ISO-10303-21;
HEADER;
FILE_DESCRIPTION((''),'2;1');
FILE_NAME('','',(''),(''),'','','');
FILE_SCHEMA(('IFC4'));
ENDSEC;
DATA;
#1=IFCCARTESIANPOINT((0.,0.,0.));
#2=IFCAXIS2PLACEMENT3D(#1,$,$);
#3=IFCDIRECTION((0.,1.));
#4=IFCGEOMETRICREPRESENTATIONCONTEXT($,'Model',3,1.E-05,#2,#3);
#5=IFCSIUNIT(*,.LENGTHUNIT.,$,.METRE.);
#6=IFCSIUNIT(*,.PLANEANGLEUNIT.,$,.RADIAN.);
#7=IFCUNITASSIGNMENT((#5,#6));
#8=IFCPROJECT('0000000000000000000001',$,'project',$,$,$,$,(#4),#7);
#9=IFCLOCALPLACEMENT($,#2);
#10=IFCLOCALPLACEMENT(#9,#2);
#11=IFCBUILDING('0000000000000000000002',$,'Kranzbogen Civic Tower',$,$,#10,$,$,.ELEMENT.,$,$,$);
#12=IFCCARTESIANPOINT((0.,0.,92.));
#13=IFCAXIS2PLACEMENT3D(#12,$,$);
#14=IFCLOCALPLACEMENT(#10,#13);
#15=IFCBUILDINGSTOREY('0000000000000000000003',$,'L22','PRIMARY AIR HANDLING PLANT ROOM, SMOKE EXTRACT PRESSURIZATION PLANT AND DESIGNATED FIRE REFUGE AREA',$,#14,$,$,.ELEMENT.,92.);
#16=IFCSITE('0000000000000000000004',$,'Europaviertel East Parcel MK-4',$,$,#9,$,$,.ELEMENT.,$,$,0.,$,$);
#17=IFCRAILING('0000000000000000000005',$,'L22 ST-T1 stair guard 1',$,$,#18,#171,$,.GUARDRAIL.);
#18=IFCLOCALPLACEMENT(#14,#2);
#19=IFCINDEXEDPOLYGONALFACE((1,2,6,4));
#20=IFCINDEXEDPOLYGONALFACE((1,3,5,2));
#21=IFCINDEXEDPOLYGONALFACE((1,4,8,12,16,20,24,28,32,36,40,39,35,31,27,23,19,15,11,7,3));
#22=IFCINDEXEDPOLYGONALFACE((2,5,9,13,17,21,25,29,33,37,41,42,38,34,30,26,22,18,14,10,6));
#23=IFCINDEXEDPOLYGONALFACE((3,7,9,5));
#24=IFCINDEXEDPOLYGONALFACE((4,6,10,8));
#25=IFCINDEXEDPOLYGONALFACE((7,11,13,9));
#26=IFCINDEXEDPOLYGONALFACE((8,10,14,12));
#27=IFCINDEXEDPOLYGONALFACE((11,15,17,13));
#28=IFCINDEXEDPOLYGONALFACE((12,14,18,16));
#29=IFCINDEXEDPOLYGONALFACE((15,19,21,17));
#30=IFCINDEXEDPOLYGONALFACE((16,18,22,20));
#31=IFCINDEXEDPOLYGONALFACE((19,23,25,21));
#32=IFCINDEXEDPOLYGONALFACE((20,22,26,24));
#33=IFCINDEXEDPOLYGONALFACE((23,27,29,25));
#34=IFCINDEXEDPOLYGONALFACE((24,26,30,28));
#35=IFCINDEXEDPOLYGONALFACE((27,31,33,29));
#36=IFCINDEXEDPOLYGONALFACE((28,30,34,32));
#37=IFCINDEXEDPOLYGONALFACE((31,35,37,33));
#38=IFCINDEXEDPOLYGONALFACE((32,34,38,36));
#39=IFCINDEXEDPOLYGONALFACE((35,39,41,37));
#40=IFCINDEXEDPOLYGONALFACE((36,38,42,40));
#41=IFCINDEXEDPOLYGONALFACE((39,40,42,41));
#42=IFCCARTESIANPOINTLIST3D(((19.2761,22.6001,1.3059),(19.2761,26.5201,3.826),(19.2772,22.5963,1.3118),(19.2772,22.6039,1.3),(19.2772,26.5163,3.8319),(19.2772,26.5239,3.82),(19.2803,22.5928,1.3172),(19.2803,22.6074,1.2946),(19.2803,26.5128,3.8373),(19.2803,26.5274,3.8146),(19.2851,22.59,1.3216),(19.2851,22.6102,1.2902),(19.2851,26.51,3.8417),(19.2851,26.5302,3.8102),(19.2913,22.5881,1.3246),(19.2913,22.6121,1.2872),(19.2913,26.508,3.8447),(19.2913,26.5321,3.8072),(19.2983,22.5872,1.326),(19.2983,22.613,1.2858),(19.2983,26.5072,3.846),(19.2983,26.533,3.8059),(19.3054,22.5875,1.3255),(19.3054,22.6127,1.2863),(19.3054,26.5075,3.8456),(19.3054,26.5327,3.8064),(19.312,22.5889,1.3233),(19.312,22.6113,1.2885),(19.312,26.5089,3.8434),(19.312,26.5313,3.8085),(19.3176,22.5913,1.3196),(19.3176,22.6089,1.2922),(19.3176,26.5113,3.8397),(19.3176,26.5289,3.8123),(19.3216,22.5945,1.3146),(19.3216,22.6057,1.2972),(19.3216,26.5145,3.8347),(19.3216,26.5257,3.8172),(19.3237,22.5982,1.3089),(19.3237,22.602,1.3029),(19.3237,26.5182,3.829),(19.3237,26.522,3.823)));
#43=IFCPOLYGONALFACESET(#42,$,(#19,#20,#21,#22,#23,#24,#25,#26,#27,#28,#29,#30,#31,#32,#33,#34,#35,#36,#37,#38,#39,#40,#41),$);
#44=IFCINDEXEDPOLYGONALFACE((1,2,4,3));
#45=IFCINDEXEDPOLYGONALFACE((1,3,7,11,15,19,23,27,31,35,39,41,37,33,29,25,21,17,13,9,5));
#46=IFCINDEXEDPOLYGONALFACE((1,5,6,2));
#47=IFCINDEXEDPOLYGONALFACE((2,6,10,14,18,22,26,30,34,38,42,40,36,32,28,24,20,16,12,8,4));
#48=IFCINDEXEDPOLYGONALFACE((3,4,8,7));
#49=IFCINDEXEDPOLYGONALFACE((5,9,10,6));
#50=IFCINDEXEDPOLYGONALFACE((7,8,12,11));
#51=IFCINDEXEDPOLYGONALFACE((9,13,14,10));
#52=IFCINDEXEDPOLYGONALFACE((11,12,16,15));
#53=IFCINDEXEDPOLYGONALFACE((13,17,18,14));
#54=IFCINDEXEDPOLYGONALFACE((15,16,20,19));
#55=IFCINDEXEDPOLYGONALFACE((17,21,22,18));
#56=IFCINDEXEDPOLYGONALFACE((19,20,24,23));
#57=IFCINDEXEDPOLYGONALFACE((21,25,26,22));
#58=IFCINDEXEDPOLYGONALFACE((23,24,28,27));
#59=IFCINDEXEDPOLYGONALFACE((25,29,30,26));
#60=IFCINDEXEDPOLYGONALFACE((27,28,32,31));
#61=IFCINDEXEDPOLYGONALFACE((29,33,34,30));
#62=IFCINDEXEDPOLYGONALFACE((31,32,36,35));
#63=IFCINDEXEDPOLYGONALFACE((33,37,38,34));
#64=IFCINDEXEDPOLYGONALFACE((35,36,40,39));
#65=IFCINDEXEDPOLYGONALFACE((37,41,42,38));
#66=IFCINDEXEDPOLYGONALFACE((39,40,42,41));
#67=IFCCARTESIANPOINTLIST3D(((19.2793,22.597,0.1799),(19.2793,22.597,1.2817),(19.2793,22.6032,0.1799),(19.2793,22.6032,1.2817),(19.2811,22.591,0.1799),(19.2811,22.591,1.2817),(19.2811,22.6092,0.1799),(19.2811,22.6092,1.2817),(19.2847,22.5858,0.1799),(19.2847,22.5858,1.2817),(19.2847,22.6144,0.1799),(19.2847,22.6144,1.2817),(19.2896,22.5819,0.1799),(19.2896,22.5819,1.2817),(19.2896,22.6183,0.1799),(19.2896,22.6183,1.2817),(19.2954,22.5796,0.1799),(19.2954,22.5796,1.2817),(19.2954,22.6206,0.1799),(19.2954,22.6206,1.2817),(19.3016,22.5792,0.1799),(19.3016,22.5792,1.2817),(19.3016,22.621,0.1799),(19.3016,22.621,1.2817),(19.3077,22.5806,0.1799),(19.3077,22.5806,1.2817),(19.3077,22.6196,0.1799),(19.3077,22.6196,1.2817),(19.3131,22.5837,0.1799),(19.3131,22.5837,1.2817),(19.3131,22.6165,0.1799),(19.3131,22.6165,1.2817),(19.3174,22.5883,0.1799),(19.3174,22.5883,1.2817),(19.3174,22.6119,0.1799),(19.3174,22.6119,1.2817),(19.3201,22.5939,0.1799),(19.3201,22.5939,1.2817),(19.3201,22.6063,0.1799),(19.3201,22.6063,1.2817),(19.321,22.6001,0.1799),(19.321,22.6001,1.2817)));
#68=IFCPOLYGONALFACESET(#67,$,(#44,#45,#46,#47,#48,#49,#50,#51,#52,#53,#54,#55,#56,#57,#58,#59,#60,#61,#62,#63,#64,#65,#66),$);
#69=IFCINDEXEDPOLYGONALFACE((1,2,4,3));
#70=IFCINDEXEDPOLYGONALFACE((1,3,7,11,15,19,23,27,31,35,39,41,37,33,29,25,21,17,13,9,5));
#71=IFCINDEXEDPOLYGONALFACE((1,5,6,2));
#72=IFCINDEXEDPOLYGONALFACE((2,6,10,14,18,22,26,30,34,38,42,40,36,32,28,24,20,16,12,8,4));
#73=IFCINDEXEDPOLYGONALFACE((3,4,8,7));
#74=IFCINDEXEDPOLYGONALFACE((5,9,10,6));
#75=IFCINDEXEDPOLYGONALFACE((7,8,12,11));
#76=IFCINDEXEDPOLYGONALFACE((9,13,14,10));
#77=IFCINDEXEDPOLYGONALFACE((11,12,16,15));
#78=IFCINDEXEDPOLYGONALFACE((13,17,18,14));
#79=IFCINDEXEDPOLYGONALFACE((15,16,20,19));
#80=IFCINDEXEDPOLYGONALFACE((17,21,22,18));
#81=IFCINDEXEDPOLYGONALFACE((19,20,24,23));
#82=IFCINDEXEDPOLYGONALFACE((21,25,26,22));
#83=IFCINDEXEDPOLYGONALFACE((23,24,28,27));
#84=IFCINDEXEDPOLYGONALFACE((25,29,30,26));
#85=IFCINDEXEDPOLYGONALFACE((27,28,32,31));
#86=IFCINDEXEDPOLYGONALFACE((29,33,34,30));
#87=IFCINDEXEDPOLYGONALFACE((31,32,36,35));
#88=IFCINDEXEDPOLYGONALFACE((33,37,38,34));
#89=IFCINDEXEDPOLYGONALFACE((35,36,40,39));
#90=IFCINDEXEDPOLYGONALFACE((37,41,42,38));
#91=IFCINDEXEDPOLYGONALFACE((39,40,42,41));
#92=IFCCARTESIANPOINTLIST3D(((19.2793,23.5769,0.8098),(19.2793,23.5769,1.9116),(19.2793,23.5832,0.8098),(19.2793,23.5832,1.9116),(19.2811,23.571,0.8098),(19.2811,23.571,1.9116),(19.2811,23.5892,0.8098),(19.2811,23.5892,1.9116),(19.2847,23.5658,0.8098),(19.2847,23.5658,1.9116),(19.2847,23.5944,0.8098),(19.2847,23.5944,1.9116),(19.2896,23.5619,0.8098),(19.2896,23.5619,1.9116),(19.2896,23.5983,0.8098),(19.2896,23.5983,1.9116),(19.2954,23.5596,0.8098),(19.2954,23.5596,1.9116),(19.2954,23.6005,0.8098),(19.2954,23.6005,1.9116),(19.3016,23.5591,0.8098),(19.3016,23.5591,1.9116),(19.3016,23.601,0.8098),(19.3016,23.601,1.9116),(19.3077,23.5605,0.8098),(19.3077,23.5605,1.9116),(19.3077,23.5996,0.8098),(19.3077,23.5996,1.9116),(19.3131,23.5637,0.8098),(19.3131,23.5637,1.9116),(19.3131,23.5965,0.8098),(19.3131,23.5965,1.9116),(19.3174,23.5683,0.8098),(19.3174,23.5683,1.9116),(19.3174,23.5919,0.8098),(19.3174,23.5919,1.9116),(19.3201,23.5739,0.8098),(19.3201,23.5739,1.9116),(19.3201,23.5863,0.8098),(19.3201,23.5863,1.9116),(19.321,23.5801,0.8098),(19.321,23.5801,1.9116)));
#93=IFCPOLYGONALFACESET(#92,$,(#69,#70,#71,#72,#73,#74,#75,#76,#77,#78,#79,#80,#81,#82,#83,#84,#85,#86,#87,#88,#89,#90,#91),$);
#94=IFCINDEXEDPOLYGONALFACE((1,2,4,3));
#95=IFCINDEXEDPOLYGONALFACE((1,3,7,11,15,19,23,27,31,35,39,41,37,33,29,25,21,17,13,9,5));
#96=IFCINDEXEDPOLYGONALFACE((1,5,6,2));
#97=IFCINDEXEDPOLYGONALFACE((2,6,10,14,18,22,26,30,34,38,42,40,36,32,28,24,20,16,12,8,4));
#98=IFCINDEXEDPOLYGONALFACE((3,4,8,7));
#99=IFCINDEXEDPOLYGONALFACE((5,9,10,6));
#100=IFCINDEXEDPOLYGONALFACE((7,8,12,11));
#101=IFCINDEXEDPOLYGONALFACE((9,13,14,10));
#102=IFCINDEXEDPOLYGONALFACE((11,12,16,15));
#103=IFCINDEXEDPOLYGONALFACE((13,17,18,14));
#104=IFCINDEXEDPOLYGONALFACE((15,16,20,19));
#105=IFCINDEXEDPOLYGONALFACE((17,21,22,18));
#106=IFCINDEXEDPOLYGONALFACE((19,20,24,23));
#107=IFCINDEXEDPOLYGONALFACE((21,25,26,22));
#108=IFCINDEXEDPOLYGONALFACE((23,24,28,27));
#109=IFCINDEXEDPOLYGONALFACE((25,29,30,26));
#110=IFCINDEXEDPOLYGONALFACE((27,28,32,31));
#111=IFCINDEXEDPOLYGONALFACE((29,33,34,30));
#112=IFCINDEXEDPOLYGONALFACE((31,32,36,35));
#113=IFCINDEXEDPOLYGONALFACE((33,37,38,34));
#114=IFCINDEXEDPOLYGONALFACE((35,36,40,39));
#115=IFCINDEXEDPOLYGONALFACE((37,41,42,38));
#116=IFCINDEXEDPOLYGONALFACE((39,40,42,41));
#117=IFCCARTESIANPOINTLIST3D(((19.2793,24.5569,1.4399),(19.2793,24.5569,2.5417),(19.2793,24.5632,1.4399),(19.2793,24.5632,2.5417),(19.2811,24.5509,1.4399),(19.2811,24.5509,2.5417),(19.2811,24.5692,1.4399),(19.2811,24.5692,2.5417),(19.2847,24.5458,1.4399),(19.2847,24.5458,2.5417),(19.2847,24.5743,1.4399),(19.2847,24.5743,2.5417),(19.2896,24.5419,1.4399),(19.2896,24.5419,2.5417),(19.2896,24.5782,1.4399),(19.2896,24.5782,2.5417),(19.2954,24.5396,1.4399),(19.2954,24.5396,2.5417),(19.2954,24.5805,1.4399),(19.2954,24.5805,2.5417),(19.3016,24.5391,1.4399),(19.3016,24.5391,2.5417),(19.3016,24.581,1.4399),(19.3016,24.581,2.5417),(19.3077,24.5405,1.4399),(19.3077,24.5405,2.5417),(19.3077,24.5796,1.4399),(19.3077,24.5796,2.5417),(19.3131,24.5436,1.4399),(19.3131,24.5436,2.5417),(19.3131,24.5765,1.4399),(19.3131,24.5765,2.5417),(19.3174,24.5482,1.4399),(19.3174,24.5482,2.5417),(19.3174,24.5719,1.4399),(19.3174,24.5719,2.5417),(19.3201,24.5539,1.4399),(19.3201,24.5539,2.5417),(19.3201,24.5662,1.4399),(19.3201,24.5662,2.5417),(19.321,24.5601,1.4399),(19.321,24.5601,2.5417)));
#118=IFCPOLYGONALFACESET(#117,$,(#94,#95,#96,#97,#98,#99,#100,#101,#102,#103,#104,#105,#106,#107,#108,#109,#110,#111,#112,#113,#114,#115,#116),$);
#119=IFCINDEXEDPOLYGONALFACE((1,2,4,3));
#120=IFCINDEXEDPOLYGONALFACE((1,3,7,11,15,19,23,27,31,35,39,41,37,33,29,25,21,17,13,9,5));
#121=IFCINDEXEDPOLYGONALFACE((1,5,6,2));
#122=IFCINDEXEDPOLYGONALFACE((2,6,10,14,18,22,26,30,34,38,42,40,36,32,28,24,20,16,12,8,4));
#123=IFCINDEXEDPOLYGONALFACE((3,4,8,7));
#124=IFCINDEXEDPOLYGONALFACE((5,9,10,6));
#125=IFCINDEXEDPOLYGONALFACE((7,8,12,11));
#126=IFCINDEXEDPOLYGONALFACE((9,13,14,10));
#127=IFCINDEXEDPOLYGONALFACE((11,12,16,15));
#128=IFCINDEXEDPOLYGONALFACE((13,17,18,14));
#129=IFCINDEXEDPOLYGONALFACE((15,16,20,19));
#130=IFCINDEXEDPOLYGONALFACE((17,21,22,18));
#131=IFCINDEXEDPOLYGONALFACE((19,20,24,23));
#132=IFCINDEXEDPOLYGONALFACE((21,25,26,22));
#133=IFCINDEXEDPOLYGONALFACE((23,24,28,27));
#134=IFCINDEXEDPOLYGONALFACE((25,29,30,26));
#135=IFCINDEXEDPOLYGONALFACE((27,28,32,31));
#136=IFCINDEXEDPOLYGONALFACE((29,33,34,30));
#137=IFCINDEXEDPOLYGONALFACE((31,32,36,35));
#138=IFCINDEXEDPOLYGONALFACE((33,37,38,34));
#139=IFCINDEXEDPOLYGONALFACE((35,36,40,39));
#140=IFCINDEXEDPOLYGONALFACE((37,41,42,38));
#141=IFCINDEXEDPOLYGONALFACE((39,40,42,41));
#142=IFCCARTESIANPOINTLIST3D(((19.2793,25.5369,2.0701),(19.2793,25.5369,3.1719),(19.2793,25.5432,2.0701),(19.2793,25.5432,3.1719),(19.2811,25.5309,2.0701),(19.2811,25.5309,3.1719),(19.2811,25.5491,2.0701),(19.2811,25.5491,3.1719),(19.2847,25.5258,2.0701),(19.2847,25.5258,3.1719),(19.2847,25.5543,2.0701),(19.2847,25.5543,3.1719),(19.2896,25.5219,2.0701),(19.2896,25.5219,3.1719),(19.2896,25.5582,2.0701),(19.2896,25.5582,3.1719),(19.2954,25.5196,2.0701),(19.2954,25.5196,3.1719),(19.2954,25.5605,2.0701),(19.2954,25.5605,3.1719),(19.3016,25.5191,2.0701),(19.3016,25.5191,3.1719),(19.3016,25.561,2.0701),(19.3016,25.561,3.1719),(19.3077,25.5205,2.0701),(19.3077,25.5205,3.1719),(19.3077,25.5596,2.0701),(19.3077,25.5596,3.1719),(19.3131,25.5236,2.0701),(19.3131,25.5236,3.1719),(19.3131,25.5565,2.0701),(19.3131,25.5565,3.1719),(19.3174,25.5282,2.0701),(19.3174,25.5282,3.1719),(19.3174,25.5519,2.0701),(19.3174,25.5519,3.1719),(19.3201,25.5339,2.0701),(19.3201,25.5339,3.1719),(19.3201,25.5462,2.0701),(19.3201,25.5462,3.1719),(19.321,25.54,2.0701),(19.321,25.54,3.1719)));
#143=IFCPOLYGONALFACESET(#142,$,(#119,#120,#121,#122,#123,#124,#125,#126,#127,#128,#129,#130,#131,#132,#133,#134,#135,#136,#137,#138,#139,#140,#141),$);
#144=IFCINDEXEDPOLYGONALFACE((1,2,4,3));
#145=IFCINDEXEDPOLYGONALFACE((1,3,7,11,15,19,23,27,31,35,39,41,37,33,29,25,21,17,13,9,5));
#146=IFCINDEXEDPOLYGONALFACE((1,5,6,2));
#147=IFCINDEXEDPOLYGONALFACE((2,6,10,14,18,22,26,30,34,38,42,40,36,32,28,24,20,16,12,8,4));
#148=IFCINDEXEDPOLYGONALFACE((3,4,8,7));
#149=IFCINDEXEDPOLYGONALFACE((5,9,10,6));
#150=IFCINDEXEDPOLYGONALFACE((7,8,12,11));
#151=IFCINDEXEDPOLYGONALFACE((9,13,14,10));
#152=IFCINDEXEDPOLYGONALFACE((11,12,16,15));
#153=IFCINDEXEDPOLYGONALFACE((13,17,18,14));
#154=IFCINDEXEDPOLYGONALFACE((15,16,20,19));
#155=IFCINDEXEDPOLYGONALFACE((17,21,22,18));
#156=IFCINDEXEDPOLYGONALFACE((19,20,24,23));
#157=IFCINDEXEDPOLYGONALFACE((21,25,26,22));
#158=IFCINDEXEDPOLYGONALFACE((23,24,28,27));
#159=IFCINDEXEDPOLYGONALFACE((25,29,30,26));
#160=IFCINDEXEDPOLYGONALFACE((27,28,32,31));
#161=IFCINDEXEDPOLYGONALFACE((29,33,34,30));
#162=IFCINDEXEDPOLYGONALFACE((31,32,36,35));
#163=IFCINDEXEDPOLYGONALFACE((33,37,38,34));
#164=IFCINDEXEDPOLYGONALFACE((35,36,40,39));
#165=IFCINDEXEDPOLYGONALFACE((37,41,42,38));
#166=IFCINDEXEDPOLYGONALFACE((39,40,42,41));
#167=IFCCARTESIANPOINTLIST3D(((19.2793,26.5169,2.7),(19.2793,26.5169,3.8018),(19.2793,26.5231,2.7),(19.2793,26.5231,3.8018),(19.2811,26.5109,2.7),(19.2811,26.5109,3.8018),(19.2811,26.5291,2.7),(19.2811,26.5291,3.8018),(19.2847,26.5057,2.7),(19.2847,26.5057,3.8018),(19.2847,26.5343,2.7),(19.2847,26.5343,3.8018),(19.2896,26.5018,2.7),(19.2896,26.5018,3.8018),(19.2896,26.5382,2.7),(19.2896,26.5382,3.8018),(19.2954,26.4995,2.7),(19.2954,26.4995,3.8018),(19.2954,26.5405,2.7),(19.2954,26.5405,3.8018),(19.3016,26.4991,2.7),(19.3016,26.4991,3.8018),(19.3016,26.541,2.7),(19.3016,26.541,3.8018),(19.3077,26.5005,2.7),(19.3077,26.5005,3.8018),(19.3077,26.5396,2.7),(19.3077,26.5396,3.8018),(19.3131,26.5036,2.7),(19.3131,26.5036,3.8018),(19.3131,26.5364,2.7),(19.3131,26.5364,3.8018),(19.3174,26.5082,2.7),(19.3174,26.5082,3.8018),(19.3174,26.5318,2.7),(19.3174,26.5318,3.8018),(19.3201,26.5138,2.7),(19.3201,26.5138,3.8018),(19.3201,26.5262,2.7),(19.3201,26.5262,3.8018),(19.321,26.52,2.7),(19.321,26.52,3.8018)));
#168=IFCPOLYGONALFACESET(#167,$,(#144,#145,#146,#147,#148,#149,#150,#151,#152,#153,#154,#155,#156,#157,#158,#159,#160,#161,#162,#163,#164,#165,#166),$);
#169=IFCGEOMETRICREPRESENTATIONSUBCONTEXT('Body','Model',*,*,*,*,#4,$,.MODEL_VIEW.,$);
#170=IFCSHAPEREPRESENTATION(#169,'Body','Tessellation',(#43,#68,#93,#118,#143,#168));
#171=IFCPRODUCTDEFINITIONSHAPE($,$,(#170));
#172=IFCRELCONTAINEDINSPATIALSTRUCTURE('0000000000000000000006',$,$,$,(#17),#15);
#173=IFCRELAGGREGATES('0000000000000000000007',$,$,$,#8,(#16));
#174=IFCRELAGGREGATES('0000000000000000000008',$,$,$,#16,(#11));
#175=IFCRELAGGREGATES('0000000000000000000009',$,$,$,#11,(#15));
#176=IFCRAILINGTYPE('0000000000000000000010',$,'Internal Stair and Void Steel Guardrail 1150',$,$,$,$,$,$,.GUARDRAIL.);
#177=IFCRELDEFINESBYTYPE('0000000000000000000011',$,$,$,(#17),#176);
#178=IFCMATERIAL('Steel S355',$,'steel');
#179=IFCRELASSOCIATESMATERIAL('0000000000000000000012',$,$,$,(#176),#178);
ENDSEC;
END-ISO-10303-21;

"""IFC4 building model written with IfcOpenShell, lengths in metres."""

from ifc_helpers import new_model, si_unit, direction, frame, origin, origin_2d, place, context, subcontext, project, spatial, circle, extrude, material, type_object, element, save


model = new_model("IFC4")

# Units and contexts
model_context = context("Model", 3, precision=1e-05, world=origin(), true_north=direction((0.0, 1.0)))
body_context = subcontext(model_context, "Body", "Model", "MODEL_VIEW")
ifc_project = project(units=[si_unit("LENGTHUNIT", "METRE"), si_unit("PLANEANGLEUNIT", "RADIAN")], contexts=[model_context])

# Site, building, storey
site_placement = place(None, origin())
site = spatial("IfcSite", under=ifc_project, at=site_placement, Name="Europaviertel East Parcel MK-4", CompositionType="ELEMENT", RefElevation=0.0)
building_placement = place(site_placement, origin())
building = spatial("IfcBuilding", under=site, at=building_placement, Name="Kranzbogen Civic Tower", CompositionType="ELEMENT")
storey_placement = place(building_placement, frame((0.0, 0.0, 92.0)))
storey = spatial("IfcBuildingStorey", under=building, at=storey_placement, Name="L22", Description="PRIMARY AIR HANDLING PLANT ROOM, SMOKE EXTRACT PRESSURIZATION PLANT AND DESIGNATED FIRE REFUGE AREA", CompositionType="ELEMENT", Elevation=92.0)

# Shared definitions
ifc_material_1 = material(Name="Steel S355", Category="steel")

# Railing
railing_type_1 = type_object("IfcRailingType", Name="Internal Stair and Void Steel Guardrail 1150", PredefinedType="GUARDRAIL", material=ifc_material_1)
railing_1_placement = place(storey_placement, frame((19.3, 22.6001, 0.1799)))
element("IfcRailing", 1, at=railing_1_placement, inside=storey, type_object=railing_type_1, Name="L22 ST-T1 stair guard 1", PredefinedType="GUARDRAIL", context=body_context, shape_type="SweptSolid", body=[
    extrude(circle(Radius=0.0239, at=origin_2d()), frame((0.0, 0.0, 1.126), z_axis=(0.0, 0.841172, 0.540768), x_axis=(-1.0, 0.0, 0.0)), (0.0, 0.0, 1.0), 4.6602),
    extrude(circle(Radius=0.021, at=origin_2d()), origin(), (0.0, 0.0, 1.0), 1.1018),
    extrude(circle(Radius=0.021, at=origin_2d()), frame((0.0, 0.98, 0.6299)), (0.0, 0.0, 1.0), 1.1018),
    extrude(circle(Radius=0.021, at=origin_2d()), frame((0.0, 1.96, 1.26)), (0.0, 0.0, 1.0), 1.1018),
    extrude(circle(Radius=0.021, at=origin_2d()), frame((0.0, 2.9399, 1.8901)), (0.0, 0.0, 1.0), 1.1018),
    extrude(circle(Radius=0.021, at=origin_2d()), frame((0.0, 3.9199, 2.52)), (0.0, 0.0, 1.0), 1.1018),
])

save(model, "model.ifc")
